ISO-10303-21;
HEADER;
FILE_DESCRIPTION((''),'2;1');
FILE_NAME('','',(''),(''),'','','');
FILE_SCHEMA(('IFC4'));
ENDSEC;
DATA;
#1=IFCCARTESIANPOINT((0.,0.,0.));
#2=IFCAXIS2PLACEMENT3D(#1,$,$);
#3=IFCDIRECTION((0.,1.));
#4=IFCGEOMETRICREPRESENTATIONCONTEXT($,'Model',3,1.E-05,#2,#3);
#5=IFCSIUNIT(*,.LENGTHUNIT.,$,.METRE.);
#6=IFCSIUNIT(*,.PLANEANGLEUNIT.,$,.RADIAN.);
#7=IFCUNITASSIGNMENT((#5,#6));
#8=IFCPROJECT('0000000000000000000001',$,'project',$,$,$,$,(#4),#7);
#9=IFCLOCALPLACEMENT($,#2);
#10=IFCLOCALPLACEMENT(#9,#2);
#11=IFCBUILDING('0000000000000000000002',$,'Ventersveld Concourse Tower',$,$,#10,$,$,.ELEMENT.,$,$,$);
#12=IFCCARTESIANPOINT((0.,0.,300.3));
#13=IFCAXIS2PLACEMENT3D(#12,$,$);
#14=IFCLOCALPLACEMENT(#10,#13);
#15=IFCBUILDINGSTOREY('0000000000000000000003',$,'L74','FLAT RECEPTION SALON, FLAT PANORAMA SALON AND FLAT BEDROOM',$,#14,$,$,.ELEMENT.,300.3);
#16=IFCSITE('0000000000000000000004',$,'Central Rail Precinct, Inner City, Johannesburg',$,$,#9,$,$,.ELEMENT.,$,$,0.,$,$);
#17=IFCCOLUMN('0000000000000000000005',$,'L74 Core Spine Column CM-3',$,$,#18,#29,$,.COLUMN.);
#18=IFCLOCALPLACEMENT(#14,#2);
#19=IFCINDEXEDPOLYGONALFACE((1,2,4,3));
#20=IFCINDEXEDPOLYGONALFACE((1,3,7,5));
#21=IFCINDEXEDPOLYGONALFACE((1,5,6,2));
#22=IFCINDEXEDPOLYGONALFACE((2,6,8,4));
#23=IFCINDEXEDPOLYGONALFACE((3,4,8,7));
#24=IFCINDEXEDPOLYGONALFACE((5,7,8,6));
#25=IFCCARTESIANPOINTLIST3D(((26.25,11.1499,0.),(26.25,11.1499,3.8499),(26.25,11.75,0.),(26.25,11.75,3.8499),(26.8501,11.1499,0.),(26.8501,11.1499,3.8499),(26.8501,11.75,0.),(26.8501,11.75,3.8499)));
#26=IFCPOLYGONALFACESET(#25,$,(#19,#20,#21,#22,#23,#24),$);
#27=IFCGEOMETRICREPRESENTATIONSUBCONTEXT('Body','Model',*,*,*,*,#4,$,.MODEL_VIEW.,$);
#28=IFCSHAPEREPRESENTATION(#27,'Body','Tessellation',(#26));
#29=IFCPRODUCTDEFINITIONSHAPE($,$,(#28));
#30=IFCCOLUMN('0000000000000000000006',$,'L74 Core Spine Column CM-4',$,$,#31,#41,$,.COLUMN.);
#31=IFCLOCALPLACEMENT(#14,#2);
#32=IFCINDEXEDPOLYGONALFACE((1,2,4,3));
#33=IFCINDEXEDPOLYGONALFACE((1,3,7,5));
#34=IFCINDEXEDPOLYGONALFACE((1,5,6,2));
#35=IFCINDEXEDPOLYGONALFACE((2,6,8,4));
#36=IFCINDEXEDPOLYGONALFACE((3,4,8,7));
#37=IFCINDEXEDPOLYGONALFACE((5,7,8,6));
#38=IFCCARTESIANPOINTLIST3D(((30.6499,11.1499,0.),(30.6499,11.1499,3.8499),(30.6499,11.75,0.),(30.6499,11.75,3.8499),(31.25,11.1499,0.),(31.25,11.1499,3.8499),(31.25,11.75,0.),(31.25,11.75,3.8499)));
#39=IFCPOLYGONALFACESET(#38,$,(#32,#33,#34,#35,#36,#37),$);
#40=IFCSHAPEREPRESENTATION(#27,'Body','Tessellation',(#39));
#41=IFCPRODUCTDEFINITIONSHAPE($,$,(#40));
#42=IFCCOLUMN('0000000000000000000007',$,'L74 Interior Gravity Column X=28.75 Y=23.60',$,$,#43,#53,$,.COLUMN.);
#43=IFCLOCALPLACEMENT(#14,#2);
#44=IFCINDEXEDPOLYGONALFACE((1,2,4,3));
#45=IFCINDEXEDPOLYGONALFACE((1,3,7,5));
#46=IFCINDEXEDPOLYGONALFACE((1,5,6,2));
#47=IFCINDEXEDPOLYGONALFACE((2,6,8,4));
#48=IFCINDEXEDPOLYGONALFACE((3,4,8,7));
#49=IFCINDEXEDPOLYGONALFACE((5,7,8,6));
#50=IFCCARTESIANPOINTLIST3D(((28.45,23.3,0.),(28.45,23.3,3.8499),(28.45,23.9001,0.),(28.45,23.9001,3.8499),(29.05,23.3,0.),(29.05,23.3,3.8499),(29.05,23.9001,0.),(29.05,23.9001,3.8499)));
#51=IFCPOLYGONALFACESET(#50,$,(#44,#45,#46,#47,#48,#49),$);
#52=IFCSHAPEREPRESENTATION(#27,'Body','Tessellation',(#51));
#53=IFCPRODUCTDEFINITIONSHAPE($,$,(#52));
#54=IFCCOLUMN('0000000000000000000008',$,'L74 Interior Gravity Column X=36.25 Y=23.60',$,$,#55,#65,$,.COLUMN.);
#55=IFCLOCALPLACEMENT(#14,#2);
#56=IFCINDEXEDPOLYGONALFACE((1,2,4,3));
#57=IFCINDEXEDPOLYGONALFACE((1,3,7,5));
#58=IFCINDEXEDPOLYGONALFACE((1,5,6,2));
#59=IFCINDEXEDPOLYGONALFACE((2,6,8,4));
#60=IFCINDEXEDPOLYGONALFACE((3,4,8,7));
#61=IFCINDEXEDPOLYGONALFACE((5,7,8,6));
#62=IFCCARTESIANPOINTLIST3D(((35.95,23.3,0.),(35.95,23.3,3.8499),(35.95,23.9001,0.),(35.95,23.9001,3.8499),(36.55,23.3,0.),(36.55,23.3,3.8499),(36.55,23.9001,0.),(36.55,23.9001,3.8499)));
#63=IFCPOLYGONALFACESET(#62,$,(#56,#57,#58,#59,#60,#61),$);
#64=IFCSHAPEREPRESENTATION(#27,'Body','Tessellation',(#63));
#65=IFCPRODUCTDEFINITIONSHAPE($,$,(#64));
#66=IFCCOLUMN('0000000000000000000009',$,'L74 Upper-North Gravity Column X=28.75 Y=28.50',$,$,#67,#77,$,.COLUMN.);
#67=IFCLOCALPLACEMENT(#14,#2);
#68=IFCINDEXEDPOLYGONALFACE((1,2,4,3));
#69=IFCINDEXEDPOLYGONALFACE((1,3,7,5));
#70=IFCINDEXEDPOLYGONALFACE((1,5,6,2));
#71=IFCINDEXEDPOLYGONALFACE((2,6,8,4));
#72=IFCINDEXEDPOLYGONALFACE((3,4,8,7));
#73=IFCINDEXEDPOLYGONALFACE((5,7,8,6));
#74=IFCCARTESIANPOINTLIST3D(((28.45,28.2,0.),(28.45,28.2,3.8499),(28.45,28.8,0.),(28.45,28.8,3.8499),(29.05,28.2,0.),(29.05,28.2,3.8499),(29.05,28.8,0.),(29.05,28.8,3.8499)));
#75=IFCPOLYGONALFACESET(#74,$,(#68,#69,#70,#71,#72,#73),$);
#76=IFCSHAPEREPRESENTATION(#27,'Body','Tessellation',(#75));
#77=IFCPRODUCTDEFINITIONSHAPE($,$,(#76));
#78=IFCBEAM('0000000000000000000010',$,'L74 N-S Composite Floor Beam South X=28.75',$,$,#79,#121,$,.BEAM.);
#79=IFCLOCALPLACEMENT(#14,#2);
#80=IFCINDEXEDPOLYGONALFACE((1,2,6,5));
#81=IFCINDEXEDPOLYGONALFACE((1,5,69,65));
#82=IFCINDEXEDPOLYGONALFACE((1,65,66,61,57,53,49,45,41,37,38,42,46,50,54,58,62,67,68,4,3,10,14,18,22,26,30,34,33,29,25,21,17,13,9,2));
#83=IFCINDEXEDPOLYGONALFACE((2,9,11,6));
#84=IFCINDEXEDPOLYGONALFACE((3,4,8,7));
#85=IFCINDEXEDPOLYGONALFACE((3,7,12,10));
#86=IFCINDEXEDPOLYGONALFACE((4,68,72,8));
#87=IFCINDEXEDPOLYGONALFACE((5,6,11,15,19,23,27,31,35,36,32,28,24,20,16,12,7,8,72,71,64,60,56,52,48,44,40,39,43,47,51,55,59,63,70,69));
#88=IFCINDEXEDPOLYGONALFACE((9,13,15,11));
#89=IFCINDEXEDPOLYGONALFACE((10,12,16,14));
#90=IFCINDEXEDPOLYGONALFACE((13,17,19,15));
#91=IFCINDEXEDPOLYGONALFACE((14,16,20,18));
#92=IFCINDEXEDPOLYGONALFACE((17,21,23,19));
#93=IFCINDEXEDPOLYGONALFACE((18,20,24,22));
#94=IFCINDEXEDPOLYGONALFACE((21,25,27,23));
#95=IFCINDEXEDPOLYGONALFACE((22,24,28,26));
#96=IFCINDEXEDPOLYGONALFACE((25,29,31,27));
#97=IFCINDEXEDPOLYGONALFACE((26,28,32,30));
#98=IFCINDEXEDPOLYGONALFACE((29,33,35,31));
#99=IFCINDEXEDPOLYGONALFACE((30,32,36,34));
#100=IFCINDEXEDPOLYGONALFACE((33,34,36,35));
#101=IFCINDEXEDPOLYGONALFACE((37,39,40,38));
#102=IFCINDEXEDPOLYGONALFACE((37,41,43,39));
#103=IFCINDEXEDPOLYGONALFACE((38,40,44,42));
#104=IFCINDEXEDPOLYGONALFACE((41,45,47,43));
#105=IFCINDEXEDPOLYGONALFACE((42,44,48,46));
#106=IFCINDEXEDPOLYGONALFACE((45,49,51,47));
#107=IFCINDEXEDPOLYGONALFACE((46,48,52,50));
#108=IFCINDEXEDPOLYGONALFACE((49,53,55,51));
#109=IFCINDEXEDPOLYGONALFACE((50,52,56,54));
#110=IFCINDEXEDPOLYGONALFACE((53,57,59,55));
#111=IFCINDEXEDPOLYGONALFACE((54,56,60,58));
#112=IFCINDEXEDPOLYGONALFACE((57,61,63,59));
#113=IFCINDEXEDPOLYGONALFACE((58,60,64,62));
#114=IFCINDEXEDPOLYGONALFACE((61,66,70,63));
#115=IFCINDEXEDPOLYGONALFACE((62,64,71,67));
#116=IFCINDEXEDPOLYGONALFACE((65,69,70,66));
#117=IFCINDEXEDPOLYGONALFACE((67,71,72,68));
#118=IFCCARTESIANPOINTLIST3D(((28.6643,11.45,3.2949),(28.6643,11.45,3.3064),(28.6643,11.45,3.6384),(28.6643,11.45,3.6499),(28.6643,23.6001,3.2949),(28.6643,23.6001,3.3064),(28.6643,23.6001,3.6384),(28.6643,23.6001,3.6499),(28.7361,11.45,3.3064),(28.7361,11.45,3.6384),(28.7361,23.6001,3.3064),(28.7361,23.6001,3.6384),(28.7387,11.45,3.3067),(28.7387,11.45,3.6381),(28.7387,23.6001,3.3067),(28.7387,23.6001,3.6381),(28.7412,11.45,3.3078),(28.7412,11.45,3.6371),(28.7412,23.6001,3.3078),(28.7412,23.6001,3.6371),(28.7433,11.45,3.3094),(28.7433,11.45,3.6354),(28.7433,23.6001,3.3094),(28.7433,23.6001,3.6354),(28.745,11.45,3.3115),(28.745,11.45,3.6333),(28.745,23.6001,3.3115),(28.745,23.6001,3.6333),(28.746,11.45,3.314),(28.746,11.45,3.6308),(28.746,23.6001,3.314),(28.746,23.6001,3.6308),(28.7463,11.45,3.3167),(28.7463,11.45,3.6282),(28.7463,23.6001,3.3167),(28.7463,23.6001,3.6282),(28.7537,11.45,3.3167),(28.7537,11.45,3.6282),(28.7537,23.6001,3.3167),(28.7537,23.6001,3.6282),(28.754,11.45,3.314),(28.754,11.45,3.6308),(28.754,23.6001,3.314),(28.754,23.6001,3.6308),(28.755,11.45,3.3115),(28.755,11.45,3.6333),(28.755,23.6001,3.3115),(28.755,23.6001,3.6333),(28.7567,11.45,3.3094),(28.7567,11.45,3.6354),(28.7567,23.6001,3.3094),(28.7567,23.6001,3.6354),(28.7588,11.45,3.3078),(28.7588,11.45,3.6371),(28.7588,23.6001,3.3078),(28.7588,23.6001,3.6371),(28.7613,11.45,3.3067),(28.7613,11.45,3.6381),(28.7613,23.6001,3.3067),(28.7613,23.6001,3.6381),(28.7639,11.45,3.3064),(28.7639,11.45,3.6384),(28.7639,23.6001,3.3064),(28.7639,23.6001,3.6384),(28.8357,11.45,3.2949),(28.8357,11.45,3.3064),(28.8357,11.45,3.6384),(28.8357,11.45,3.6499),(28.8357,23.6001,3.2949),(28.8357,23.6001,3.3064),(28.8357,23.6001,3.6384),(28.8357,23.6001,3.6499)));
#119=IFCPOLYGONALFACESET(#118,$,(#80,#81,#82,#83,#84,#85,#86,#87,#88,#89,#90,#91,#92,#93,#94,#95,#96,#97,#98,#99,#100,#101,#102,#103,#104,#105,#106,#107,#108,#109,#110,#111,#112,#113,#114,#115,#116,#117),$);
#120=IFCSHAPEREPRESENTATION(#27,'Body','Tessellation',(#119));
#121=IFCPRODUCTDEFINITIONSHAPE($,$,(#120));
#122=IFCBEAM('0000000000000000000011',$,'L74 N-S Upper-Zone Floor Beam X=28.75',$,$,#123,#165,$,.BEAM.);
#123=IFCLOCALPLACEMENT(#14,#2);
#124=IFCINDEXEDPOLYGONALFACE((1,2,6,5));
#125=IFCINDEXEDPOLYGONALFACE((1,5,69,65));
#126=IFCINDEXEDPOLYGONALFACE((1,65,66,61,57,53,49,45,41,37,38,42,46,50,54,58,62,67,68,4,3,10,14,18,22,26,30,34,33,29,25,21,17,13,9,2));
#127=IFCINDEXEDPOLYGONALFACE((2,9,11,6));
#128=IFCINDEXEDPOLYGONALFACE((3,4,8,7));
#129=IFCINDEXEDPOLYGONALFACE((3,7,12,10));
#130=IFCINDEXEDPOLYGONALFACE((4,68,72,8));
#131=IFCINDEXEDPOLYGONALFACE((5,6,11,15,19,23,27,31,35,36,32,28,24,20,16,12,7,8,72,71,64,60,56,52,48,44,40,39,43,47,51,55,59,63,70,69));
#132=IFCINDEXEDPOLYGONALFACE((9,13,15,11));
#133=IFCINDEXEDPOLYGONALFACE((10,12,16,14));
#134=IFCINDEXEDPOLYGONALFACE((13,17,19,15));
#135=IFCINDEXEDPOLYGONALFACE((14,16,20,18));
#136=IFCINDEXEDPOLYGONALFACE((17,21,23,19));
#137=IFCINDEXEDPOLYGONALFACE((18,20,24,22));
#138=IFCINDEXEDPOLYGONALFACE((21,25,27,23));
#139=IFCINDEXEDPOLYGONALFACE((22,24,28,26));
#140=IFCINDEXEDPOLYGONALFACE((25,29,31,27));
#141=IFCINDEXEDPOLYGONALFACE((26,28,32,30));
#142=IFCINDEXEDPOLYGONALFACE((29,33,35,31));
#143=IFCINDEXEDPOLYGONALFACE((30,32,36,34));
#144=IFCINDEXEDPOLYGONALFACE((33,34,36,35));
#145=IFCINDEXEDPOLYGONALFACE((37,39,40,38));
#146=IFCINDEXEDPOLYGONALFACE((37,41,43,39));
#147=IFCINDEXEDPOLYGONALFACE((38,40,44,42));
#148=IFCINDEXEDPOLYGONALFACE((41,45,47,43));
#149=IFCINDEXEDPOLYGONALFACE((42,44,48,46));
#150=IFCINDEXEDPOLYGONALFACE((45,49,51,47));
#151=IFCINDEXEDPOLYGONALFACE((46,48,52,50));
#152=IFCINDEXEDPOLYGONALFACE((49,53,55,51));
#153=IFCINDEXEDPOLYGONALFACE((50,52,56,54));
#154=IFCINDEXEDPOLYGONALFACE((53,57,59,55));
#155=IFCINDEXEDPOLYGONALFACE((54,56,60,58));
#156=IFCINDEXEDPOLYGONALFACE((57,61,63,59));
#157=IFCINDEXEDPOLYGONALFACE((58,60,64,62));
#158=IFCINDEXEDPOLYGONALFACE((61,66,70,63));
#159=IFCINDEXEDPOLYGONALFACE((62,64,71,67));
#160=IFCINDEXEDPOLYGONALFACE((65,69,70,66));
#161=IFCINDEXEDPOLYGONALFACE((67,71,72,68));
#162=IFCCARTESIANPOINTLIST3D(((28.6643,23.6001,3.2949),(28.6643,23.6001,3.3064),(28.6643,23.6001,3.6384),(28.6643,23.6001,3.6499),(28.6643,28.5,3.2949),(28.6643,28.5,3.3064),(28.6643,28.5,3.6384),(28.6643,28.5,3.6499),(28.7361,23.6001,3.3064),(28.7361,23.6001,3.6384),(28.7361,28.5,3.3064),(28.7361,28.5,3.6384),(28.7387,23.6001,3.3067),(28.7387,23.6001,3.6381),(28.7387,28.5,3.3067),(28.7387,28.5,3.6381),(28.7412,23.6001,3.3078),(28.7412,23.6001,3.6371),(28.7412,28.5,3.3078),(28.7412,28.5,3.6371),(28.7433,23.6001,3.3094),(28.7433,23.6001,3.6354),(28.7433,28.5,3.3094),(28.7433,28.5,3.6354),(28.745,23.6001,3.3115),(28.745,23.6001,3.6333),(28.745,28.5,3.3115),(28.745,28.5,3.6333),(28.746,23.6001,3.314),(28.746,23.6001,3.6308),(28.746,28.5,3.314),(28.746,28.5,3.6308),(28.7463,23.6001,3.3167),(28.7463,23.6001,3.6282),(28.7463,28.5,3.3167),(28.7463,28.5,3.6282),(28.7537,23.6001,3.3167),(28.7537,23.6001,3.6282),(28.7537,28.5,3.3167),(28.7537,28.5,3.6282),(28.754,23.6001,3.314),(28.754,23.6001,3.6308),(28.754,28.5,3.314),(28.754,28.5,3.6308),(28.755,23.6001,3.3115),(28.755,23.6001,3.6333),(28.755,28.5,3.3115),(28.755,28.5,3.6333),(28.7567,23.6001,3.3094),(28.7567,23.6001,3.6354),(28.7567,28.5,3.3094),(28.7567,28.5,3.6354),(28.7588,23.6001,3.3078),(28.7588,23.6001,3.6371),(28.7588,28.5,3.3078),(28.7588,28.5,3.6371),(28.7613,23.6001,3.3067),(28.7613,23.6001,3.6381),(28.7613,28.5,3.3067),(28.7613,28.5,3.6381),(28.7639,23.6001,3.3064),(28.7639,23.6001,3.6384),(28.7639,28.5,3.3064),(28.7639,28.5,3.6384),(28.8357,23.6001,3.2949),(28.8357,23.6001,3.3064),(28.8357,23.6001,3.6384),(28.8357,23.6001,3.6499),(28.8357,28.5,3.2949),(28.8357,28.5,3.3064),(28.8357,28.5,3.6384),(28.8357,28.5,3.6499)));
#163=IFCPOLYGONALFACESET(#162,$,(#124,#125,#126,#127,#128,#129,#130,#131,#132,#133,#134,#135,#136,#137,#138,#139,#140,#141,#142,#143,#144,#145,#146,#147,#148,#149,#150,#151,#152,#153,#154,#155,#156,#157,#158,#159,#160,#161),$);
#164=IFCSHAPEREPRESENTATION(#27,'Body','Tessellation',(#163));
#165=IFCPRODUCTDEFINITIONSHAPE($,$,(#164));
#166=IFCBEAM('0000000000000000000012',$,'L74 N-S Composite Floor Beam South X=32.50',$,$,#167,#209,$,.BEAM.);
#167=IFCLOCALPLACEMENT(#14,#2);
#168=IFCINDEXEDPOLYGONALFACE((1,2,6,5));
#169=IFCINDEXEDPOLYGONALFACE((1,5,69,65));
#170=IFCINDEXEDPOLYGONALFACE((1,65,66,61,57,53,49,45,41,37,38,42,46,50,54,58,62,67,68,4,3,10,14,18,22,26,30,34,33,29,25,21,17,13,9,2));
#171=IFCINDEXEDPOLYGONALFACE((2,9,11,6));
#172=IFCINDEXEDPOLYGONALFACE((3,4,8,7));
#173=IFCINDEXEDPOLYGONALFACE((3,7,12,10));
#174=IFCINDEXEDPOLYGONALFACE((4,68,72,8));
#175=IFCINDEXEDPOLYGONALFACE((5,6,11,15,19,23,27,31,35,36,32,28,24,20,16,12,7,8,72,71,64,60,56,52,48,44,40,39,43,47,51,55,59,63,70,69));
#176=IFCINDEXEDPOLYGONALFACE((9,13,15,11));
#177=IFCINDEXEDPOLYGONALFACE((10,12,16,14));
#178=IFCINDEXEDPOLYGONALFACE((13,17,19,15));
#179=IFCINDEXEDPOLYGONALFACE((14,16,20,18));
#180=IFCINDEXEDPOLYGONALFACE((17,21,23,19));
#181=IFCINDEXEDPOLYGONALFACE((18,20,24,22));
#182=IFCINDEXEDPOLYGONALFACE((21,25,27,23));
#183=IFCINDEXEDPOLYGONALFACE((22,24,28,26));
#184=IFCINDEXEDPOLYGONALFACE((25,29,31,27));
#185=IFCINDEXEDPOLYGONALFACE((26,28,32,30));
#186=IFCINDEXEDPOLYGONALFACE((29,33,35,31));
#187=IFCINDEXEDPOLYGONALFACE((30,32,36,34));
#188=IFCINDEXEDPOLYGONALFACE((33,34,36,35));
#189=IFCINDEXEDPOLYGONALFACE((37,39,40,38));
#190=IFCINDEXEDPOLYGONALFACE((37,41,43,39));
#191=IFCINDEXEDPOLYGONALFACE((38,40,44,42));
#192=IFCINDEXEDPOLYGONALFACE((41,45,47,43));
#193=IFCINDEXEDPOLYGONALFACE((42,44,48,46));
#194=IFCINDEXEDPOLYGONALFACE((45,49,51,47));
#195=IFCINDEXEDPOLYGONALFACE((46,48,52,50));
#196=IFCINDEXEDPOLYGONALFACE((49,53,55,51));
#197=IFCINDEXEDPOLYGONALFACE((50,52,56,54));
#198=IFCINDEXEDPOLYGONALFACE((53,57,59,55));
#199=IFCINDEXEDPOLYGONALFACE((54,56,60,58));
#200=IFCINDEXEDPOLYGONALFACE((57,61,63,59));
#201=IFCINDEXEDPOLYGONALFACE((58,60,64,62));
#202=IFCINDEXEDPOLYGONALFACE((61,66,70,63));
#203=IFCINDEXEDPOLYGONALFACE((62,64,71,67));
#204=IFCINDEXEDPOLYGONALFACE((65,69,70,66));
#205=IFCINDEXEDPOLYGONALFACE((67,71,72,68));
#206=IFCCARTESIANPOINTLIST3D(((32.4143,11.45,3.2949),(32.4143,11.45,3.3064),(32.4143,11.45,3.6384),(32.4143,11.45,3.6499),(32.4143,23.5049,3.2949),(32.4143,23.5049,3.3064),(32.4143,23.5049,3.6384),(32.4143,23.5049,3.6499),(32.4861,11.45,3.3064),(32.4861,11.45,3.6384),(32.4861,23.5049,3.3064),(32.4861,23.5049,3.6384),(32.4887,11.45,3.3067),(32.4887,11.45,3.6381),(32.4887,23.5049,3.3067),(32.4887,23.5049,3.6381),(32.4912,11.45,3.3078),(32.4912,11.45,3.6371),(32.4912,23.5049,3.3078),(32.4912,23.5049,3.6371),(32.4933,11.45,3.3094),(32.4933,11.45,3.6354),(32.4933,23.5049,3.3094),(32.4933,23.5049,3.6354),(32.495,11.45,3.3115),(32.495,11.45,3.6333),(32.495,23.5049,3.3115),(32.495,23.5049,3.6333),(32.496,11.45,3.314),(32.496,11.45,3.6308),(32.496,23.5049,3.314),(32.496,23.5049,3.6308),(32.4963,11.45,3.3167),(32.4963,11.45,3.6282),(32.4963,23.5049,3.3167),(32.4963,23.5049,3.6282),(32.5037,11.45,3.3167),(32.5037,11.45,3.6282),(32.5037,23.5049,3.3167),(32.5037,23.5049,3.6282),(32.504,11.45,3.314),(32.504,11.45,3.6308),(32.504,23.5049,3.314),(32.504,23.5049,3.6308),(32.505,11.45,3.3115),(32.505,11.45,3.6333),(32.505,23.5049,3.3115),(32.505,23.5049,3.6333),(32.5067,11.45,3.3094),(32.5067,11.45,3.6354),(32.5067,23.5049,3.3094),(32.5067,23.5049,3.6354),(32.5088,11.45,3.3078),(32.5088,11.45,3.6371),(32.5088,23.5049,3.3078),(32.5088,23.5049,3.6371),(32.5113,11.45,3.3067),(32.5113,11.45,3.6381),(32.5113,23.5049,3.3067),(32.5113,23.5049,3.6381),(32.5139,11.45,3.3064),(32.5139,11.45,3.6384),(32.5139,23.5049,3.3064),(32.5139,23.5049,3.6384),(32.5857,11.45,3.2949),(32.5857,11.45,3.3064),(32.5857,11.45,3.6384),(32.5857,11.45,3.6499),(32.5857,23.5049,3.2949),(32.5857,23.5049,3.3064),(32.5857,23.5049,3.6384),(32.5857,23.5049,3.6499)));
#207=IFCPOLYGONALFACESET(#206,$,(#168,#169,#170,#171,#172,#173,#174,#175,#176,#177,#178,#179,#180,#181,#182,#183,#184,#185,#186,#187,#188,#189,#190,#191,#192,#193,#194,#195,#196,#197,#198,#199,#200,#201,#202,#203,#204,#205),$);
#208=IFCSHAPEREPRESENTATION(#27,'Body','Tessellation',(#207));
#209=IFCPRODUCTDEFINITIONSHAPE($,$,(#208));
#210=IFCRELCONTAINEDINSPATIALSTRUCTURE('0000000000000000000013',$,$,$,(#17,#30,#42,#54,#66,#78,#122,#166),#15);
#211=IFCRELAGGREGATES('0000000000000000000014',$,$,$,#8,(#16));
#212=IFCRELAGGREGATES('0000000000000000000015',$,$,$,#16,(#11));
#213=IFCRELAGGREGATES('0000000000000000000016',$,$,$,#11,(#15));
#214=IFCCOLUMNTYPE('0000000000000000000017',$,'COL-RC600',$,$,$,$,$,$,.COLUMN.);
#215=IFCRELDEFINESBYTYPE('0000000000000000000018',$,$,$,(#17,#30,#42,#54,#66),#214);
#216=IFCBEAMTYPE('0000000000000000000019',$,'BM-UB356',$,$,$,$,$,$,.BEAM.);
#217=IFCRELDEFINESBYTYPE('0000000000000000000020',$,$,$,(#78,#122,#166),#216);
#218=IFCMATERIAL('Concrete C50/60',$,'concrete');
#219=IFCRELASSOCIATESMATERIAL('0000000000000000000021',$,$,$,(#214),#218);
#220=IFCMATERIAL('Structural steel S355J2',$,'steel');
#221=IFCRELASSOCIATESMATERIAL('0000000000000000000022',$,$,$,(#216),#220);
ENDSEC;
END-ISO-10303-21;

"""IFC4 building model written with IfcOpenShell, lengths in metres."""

from ifc_helpers import new_model, si_unit, direction, frame, origin, origin_2d, place, context, subcontext, project, spatial, rectangle, i_section, extrude, material, material_profile, profile_set, type_object, element, save


model = new_model("IFC4")

# Units and contexts
model_context = context("Model", 3, precision=1e-05, world=origin(), true_north=direction((0.0, 1.0)))
body_context = subcontext(model_context, "Body", "Model", "MODEL_VIEW")
ifc_project = project(units=[si_unit("LENGTHUNIT", "METRE"), si_unit("PLANEANGLEUNIT", "RADIAN")], contexts=[model_context])

# Site, building, storey
site_placement = place(None, origin())
site = spatial("IfcSite", under=ifc_project, at=site_placement, Name="Central Rail Precinct, Inner City, Johannesburg", CompositionType="ELEMENT", RefElevation=0.0)
building_placement = place(site_placement, origin())
building = spatial("IfcBuilding", under=site, at=building_placement, Name="Ventersveld Concourse Tower", CompositionType="ELEMENT")
storey_placement = place(building_placement, frame((0.0, 0.0, 300.3)))
storey = spatial("IfcBuildingStorey", under=building, at=storey_placement, Name="L74", Description="FLAT RECEPTION SALON, FLAT PANORAMA SALON AND FLAT BEDROOM", CompositionType="ELEMENT", Elevation=300.3)

# Columns
ifc_material_1 = material(Name="Concrete C50/60", Category="concrete")
ifc_material_profile_1 = material_profile(ifc_material_1, rectangle(XDim=0.6001, YDim=0.6001, at=origin_2d()), Name="RC 600x600")
ifc_profile_set_1 = profile_set([ifc_material_profile_1], Name="Concrete C50/60")
column_type = type_object("IfcColumnType", Name="COL-RC600", PredefinedType="COLUMN", material=ifc_profile_set_1)
for number, where, z_axis, x_axis, name in (
    (1, (26.55, 11.45, 0.0), (0.0, 0.0, 1.0), (1.0, 0.0, 0.0), "L74 Core Spine Column CM-3"),
    (2, (30.95, 11.45, 0.0), (0.0, 0.0, 1.0), (1.0, 0.0, 0.0), "L74 Core Spine Column CM-4"),
    (3, (28.75, 23.6001, 0.0), (0.0, 0.0, 1.0), (1.0, 0.0, 0.0), "L74 Interior Gravity Column X=28.75 Y=23.60"),
    (4, (36.25, 23.6001, 0.0), (0.0, 0.0, 1.0), (1.0, 0.0, 0.0), "L74 Interior Gravity Column X=36.25 Y=23.60"),
    (5, (28.75, 28.5, 0.0), (0.0, 0.0, 1.0), (1.0, 0.0, 0.0), "L74 Upper-North Gravity Column X=28.75 Y=28.50"),
):
    element("IfcColumn", number, at=place(storey_placement, frame(where, z_axis=z_axis, x_axis=x_axis)), inside=storey, type_object=column_type, Name=name, PredefinedType="COLUMN", context=body_context, shape_type="SweptSolid", body=[
        extrude(rectangle(XDim=0.6001, YDim=0.6001, at=origin_2d()), origin(), (0.0, 0.0, 1.0), 3.8499),
    ])

# Beams
ifc_material_2 = material(Name="Structural steel S355J2", Category="steel")
ifc_material_profile_2 = material_profile(ifc_material_2, i_section(OverallWidth=0.1714, OverallDepth=0.355, WebThickness=0.0073, FlangeThickness=0.0115, FilletRadius=0.0103, at=origin_2d()), Name="UB 356x171x51")
ifc_profile_set_2 = profile_set([ifc_material_profile_2], Name="Structural steel S355J2")
beam_type_1 = type_object("IfcBeamType", Name="BM-UB356", PredefinedType="BEAM", material=ifc_profile_set_2)
beam_1_placement = place(storey_placement, frame((28.75, 11.45, 3.4724), z_axis=(0.0, 1.0, 0.0), x_axis=(-1.0, 0.0, 0.0)))
element("IfcBeam", 6, at=beam_1_placement, inside=storey, type_object=beam_type_1, Name="L74 N-S Composite Floor Beam South X=28.75", PredefinedType="BEAM", context=body_context, shape_type="SweptSolid", body=[
    extrude(i_section(OverallWidth=0.1714, OverallDepth=0.355, WebThickness=0.0073, FlangeThickness=0.0115, FilletRadius=0.0103, at=origin_2d()), origin(), (0.0, 0.0, 1.0), 12.1501),
])
beam_2_placement = place(storey_placement, frame((28.75, 23.6001, 3.4724), z_axis=(0.0, 1.0, 0.0), x_axis=(-1.0, 0.0, 0.0)))
element("IfcBeam", 7, at=beam_2_placement, inside=storey, type_object=beam_type_1, Name="L74 N-S Upper-Zone Floor Beam X=28.75", PredefinedType="BEAM", context=body_context, shape_type="SweptSolid", body=[
    extrude(i_section(OverallWidth=0.1714, OverallDepth=0.355, WebThickness=0.0073, FlangeThickness=0.0115, FilletRadius=0.0103, at=origin_2d()), origin(), (0.0, 0.0, 1.0), 4.8999),
])
beam_3_placement = place(storey_placement, frame((32.5, 11.45, 3.4724), z_axis=(0.0, 1.0, 0.0), x_axis=(-1.0, 0.0, 0.0)))
element("IfcBeam", 8, at=beam_3_placement, inside=storey, type_object=beam_type_1, Name="L74 N-S Composite Floor Beam South X=32.50", PredefinedType="BEAM", context=body_context, shape_type="SweptSolid", body=[
    extrude(i_section(OverallWidth=0.1714, OverallDepth=0.355, WebThickness=0.0073, FlangeThickness=0.0115, FilletRadius=0.0103, at=origin_2d()), origin(), (0.0, 0.0, 1.0), 12.0549),
])

save(model, "model.ifc")
